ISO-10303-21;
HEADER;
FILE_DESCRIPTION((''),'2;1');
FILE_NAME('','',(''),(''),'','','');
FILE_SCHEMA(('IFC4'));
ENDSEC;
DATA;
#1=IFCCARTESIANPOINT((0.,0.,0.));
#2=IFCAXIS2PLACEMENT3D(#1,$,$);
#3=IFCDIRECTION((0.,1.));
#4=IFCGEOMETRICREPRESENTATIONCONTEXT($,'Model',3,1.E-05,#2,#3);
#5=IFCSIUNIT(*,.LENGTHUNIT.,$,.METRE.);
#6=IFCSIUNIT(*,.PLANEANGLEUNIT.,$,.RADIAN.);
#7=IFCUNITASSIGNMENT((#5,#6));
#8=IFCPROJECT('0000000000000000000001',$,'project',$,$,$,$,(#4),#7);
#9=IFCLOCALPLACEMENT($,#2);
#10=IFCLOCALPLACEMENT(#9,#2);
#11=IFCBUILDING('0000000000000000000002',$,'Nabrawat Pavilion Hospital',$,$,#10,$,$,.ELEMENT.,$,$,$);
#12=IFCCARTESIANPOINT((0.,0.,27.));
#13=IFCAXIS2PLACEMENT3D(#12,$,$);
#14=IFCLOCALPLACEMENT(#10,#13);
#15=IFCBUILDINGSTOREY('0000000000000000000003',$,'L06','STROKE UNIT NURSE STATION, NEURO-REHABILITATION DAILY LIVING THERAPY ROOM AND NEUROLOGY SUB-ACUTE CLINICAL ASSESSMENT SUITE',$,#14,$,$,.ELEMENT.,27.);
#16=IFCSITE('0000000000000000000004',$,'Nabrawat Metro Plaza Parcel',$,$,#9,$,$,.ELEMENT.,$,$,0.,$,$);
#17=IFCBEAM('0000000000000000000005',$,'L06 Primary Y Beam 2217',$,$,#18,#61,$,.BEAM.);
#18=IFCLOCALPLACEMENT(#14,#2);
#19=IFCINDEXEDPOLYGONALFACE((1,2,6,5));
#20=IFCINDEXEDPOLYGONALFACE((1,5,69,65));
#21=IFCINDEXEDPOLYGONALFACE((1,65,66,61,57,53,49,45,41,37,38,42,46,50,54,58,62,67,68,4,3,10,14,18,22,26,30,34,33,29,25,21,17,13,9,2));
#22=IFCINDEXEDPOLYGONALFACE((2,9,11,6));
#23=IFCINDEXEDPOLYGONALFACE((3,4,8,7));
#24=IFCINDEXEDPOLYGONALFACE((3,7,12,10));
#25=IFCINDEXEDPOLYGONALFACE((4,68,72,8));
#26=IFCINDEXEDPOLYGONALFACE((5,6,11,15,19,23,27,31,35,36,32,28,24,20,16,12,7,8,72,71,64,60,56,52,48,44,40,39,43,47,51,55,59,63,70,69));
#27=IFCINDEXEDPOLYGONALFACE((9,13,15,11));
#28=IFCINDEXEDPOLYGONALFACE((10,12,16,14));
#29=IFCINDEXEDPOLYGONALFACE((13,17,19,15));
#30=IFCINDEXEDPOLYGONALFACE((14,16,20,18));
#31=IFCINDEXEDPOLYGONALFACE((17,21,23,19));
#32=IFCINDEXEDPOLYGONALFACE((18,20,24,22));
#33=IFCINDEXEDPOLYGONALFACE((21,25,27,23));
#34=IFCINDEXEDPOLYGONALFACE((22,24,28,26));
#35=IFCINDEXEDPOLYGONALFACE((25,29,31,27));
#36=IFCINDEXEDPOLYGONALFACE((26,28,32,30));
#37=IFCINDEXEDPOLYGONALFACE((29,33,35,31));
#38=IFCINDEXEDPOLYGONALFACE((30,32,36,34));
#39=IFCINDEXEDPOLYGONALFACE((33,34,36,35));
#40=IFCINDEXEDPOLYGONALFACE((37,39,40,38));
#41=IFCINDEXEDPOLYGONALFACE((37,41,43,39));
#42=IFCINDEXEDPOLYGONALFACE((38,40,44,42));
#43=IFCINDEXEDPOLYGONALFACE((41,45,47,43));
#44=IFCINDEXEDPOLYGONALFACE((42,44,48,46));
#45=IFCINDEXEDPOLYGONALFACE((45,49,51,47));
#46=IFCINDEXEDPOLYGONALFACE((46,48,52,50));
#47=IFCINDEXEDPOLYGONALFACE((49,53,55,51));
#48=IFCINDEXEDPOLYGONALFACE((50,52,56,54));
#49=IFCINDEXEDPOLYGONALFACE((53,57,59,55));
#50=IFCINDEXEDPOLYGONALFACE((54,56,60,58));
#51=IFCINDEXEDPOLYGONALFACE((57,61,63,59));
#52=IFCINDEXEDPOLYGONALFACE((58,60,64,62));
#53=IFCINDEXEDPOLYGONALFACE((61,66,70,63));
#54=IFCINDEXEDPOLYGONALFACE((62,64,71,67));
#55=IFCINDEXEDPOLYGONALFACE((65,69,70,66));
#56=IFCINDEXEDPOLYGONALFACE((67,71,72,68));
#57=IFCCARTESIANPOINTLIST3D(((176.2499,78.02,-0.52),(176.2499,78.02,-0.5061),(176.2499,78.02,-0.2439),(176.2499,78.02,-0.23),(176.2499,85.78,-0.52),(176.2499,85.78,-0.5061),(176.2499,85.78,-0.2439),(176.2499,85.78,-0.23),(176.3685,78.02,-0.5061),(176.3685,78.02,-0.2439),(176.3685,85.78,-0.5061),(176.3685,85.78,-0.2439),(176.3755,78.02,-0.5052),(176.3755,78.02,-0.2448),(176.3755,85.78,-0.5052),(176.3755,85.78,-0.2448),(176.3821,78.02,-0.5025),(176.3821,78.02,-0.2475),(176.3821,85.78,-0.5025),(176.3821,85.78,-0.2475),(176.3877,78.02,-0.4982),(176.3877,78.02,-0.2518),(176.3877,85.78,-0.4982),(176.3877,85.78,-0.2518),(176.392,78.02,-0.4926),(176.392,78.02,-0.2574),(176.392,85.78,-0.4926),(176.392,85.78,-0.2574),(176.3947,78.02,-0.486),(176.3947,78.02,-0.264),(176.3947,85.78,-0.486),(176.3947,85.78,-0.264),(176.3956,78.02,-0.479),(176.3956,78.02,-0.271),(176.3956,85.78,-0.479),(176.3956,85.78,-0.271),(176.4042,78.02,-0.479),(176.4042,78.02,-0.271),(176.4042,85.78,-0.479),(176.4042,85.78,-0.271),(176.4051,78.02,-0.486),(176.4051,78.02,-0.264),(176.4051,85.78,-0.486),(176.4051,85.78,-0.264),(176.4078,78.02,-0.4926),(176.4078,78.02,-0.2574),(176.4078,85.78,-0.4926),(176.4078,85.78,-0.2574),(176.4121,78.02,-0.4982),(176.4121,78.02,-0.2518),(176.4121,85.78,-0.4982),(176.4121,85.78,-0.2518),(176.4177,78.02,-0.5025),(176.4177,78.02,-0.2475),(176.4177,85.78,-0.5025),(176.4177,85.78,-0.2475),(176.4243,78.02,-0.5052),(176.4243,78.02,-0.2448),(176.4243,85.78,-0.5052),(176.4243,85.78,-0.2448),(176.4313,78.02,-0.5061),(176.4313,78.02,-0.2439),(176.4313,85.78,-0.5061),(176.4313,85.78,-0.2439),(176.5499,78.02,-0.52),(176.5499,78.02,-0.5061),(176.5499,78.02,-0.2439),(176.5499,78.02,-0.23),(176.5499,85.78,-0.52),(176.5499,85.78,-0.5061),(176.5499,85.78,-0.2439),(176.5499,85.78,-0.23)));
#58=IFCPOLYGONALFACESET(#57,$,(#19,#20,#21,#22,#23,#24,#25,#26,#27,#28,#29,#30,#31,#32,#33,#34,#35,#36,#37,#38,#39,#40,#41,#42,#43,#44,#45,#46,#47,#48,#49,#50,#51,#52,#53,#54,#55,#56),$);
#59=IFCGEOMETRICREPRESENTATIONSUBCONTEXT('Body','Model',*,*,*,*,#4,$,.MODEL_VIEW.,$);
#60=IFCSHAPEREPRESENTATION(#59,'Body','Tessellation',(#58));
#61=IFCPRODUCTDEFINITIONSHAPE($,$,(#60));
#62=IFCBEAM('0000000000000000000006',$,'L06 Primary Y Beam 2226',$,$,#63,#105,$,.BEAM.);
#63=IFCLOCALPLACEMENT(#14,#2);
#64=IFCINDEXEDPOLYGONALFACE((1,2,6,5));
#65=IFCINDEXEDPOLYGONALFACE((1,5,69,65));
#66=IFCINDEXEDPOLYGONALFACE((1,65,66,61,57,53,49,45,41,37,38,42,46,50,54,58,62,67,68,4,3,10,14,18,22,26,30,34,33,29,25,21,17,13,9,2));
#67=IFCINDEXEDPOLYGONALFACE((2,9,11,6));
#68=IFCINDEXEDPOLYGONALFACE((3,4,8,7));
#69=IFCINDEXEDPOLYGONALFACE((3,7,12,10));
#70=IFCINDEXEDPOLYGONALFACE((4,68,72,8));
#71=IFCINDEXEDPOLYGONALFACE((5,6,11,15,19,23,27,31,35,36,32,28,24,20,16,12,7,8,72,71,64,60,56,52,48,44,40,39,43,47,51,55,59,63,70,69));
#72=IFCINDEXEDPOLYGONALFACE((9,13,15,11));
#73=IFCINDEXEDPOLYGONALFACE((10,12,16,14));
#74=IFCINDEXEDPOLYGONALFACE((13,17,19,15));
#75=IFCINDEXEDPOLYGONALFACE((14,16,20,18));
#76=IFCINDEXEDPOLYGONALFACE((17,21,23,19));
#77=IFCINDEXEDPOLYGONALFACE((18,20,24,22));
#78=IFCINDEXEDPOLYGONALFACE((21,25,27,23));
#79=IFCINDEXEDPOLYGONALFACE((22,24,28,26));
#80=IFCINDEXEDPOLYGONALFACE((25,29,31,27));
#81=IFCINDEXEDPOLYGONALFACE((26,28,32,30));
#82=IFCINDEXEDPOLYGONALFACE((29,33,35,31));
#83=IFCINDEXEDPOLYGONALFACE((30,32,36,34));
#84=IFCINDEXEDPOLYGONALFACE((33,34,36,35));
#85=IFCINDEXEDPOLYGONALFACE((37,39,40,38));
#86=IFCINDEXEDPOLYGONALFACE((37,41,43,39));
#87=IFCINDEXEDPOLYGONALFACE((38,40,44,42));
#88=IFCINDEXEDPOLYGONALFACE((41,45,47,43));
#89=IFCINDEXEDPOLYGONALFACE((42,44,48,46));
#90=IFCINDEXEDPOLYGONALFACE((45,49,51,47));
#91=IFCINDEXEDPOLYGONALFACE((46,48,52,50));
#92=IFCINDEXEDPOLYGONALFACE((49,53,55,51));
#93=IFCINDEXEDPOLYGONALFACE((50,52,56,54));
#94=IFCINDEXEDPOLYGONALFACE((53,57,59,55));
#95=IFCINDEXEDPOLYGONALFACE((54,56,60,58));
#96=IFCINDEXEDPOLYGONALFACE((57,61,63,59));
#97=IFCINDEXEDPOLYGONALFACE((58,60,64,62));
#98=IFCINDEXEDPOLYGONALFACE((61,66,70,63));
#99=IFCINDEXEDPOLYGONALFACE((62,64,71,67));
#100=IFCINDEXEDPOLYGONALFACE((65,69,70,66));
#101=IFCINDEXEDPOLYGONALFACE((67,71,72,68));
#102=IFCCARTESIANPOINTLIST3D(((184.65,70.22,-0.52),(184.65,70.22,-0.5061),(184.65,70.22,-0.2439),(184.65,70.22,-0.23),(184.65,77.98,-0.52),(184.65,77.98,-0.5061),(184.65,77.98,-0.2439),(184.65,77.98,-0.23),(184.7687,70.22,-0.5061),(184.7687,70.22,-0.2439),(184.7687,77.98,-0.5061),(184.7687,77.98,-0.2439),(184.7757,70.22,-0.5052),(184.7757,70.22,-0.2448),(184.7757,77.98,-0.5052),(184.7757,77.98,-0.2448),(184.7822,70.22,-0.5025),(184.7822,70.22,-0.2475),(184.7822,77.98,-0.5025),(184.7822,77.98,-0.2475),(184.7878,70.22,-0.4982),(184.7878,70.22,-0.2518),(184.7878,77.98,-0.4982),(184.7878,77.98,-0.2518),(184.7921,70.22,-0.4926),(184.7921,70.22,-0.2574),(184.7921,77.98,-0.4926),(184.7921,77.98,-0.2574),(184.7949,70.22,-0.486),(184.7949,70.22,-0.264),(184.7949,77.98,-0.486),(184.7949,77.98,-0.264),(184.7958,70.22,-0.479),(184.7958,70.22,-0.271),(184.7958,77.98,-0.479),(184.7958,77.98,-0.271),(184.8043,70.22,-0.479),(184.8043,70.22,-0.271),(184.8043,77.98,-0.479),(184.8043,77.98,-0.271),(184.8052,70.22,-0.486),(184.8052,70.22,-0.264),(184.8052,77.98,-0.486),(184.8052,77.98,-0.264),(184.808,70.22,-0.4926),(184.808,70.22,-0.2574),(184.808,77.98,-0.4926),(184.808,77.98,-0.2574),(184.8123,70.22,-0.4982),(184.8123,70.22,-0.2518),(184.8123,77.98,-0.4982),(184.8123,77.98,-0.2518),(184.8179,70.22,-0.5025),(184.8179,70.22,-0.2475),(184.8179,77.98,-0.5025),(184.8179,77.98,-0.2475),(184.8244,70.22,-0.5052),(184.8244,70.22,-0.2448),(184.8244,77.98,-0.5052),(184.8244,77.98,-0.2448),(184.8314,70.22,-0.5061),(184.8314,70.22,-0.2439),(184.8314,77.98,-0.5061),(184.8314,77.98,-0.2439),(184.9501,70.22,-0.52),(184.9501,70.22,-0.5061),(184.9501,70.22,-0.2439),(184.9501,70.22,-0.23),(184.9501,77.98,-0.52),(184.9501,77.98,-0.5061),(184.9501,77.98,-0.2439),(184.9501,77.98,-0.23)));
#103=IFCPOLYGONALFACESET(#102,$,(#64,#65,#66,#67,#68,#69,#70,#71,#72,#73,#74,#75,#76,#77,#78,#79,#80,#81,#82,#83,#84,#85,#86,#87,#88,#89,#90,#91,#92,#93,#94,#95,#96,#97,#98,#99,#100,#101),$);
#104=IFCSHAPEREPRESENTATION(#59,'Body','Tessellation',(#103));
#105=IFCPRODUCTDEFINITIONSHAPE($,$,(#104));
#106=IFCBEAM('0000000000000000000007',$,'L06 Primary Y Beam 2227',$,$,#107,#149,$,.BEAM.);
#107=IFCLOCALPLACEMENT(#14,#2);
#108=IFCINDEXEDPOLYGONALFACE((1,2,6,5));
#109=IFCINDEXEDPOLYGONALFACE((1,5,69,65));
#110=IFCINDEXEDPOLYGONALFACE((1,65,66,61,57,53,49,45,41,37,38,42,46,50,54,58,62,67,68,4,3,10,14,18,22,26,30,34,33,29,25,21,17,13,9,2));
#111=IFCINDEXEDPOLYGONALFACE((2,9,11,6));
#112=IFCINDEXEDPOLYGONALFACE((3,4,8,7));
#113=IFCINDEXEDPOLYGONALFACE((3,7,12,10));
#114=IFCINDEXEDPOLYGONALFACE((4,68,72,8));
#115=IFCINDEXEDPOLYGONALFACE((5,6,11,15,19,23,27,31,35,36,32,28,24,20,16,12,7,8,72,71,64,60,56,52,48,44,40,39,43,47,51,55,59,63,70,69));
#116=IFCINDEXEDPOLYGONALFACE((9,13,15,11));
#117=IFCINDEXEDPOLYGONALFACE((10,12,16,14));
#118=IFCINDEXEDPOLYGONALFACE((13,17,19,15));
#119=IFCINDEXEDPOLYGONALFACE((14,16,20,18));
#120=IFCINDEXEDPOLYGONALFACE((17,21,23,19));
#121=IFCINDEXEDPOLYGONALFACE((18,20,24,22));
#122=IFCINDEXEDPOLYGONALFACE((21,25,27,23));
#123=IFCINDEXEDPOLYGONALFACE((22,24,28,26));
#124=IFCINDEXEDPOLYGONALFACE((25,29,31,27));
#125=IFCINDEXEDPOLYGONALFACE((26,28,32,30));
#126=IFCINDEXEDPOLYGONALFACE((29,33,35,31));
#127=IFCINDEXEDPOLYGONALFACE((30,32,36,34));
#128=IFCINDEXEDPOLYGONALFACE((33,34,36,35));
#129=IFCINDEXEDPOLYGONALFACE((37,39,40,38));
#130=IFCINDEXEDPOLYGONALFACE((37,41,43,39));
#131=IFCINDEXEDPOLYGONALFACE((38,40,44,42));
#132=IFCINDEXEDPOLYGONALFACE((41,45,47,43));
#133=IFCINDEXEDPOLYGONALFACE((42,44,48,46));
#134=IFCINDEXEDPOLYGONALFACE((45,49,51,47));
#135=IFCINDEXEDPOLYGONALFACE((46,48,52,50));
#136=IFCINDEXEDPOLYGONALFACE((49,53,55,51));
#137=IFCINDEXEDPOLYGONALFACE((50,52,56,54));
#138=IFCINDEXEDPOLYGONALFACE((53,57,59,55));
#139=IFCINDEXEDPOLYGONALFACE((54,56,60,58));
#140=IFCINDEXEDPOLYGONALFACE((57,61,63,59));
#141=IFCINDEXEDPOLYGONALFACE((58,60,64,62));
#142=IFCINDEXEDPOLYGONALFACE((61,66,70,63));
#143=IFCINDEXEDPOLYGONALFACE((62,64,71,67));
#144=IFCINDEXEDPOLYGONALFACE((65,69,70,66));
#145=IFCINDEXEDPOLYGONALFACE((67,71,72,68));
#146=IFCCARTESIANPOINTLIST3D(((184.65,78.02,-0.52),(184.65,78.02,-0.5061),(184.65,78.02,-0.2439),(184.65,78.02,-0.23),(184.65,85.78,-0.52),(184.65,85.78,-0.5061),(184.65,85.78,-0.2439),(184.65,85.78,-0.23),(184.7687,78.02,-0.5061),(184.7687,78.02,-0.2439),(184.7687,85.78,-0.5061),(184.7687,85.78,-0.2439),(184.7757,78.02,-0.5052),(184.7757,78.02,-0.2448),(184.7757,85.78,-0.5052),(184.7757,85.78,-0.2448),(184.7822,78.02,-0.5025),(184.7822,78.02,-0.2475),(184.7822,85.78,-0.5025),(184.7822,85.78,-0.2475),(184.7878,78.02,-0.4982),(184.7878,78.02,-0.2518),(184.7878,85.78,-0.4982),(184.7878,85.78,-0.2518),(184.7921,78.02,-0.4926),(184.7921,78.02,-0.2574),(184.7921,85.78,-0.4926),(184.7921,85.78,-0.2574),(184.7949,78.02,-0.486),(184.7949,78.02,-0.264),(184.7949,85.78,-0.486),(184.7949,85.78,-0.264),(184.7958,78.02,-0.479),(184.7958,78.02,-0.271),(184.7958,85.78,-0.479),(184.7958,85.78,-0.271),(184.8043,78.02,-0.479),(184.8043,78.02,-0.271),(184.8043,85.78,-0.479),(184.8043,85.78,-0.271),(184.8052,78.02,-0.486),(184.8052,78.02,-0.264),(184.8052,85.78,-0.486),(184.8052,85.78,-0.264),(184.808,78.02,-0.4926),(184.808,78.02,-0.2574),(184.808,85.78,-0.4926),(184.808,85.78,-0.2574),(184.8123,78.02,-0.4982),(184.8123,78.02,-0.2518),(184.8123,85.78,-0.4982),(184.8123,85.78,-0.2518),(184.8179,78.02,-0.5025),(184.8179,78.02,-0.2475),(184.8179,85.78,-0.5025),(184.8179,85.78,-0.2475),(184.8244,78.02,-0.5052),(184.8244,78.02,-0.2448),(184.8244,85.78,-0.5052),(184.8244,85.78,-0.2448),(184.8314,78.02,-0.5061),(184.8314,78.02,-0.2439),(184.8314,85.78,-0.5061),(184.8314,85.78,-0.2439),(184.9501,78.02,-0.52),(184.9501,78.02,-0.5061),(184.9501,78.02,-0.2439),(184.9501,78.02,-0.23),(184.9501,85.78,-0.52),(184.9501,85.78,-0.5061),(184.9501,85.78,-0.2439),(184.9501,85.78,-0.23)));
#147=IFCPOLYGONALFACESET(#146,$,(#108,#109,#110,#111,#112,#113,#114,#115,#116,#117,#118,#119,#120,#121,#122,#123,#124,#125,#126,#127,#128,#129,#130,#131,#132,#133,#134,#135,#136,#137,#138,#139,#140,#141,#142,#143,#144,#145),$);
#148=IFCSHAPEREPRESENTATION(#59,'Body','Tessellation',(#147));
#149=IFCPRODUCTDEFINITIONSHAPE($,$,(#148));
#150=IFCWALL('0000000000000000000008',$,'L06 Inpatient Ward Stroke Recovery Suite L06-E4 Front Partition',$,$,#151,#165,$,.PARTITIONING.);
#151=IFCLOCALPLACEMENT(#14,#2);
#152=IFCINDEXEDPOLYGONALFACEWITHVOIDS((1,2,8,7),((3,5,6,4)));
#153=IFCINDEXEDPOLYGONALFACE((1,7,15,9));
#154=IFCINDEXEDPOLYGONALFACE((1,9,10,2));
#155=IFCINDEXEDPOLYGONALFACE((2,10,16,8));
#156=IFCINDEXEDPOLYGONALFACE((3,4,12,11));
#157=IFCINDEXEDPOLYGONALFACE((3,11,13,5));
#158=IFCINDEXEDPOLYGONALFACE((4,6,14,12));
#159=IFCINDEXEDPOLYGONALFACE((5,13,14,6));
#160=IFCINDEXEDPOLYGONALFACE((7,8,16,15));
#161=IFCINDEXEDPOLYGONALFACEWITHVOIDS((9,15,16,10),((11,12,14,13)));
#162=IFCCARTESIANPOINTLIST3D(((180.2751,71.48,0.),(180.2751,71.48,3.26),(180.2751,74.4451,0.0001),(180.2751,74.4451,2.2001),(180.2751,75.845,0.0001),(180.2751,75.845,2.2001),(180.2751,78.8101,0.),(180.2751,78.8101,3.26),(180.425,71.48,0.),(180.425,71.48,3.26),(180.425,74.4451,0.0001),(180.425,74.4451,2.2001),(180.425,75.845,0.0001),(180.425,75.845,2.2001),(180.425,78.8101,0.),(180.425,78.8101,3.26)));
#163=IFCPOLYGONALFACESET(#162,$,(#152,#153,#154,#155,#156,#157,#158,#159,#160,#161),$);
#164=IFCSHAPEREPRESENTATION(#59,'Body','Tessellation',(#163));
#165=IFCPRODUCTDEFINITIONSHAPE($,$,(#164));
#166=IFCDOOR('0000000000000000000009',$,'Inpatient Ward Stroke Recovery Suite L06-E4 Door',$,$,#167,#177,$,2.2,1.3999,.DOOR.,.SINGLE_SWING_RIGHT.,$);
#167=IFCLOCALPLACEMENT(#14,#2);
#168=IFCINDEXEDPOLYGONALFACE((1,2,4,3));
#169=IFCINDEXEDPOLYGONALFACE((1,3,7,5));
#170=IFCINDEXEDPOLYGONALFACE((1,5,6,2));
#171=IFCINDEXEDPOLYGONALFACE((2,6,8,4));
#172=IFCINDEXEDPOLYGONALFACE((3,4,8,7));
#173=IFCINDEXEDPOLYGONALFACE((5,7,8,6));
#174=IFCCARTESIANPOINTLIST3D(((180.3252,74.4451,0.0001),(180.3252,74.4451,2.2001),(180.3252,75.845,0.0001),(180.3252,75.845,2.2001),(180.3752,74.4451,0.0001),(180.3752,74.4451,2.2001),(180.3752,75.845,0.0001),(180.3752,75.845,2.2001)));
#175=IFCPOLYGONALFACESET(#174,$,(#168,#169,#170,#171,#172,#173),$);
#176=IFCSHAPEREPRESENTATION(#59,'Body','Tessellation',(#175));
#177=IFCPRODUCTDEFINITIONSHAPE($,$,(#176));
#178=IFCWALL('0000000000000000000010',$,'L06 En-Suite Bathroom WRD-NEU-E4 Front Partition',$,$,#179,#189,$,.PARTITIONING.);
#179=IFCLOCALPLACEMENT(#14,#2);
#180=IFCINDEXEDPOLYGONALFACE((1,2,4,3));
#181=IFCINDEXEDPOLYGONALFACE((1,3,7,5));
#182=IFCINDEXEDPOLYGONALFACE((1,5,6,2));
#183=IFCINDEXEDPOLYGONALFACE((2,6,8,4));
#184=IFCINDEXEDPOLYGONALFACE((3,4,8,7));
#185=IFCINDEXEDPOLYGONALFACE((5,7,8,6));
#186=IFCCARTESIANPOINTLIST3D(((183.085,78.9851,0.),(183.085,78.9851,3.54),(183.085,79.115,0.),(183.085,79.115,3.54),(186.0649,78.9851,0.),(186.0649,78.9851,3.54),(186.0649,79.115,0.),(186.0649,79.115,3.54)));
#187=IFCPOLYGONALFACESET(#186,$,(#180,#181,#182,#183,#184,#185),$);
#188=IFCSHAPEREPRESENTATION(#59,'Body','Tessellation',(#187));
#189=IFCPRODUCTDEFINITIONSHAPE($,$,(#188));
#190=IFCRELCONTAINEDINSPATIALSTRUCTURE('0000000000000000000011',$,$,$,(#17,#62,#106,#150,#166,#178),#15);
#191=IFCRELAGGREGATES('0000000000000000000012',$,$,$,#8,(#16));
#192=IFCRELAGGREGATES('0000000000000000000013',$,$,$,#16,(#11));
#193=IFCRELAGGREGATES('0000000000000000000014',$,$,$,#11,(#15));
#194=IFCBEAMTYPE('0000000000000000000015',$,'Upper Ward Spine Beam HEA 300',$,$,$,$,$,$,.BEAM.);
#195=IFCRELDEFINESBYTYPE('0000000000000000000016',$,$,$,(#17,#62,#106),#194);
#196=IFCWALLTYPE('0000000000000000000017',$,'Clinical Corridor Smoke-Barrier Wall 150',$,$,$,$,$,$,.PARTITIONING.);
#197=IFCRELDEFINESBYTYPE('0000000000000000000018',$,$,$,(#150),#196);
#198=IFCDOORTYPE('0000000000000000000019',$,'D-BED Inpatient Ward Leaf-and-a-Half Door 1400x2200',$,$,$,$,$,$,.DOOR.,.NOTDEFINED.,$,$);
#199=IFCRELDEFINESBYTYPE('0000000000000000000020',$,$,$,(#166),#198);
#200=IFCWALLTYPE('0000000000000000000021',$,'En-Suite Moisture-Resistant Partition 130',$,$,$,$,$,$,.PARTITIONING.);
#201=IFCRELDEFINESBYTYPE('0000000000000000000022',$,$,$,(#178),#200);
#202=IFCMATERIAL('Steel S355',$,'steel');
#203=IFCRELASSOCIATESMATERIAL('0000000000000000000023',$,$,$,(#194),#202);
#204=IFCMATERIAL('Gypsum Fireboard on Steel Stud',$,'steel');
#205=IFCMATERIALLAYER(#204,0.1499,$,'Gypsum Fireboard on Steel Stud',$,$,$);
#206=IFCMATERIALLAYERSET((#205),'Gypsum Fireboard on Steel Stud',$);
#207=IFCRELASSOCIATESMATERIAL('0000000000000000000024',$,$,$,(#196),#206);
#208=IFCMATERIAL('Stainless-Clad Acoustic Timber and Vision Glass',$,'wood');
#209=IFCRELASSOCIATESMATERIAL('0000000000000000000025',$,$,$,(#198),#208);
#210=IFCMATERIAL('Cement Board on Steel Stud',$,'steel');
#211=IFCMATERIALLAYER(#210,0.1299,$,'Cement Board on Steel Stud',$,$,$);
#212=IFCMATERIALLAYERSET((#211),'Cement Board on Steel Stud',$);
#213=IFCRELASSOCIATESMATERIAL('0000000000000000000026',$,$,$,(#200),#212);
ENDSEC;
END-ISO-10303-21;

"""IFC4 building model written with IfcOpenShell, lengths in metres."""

from ifc_helpers import new_model, si_unit, direction, frame, frame_2d, origin, origin_2d, place, context, subcontext, project, spatial, rectangle, i_section, extrude, material, layer, layer_set, material_profile, profile_set, type_object, element, fill, save


model = new_model("IFC4")

# Units and contexts
model_context = context("Model", 3, precision=1e-05, world=origin(), true_north=direction((0.0, 1.0)))
body_context = subcontext(model_context, "Body", "Model", "MODEL_VIEW")
ifc_project = project(units=[si_unit("LENGTHUNIT", "METRE"), si_unit("PLANEANGLEUNIT", "RADIAN")], contexts=[model_context])

# Site, building, storey
site_placement = place(None, origin())
site = spatial("IfcSite", under=ifc_project, at=site_placement, Name="Nabrawat Metro Plaza Parcel", CompositionType="ELEMENT", RefElevation=0.0)
building_placement = place(site_placement, origin())
building = spatial("IfcBuilding", under=site, at=building_placement, Name="Nabrawat Pavilion Hospital", CompositionType="ELEMENT")
storey_placement = place(building_placement, frame((0.0, 0.0, 27.0)))
storey = spatial("IfcBuildingStorey", under=building, at=storey_placement, Name="L06", Description="STROKE UNIT NURSE STATION, NEURO-REHABILITATION DAILY LIVING THERAPY ROOM AND NEUROLOGY SUB-ACUTE CLINICAL ASSESSMENT SUITE", CompositionType="ELEMENT", Elevation=27.0)

# Shared definitions
ifc_material_1 = material(Name="Steel S355", Category="steel")

# Beams
ifc_material_profile_1 = material_profile(ifc_material_1, i_section(OverallWidth=0.3, OverallDepth=0.29, WebThickness=0.0085, FlangeThickness=0.0139, FilletRadius=0.0271, at=origin_2d()), Name="HEA 300")
ifc_profile_set_1 = profile_set([ifc_material_profile_1], Name="Steel S355")
beam_type_1 = type_object("IfcBeamType", Name="Upper Ward Spine Beam HEA 300", PredefinedType="BEAM", material=ifc_profile_set_1)
for number, where, z_axis, x_axis, name in (
    (1, (176.3999, 78.02, -0.375), (0.0, 1.0, 0.0), (-1.0, 0.0, 0.0), "L06 Primary Y Beam 2217"),
    (2, (184.8, 70.22, -0.375), (0.0, 1.0, 0.0), (-1.0, 0.0, 0.0), "L06 Primary Y Beam 2226"),
    (3, (184.8, 78.02, -0.375), (0.0, 1.0, 0.0), (-1.0, 0.0, 0.0), "L06 Primary Y Beam 2227"),
):
    element("IfcBeam", number, at=place(storey_placement, frame(where, z_axis=z_axis, x_axis=x_axis)), inside=storey, type_object=beam_type_1, Name=name, PredefinedType="BEAM", context=body_context, shape_type="SweptSolid", body=[
        extrude(i_section(OverallWidth=0.3, OverallDepth=0.29, WebThickness=0.0085, FlangeThickness=0.0139, FilletRadius=0.0271, at=origin_2d()), origin(), (0.0, 0.0, 1.0), 7.76),
    ])

# Wall, opening, door
ifc_material_2 = material(Name="Gypsum Fireboard on Steel Stud", Category="steel")
ifc_layer_1 = layer(ifc_material_2, 0.1499, Name="Gypsum Fireboard on Steel Stud")
ifc_layer_set_1 = layer_set([ifc_layer_1], Name="Gypsum Fireboard on Steel Stud")
wall_type_1 = type_object("IfcWallType", Name="Clinical Corridor Smoke-Barrier Wall 150", PredefinedType="PARTITIONING", material=ifc_layer_set_1)
wall_1_placement = place(storey_placement, frame((180.3501, 71.48, 0.0), z_axis=(0.0, 0.0, 1.0), x_axis=(0.0, 1.0, 0.0)))
wall_1 = element("IfcWall", 4, at=wall_1_placement, inside=storey, type_object=wall_type_1, Name="L06 Inpatient Ward Stroke Recovery Suite L06-E4 Front Partition", PredefinedType="PARTITIONING", context=body_context, shape_type="SweptSolid", body=[
    extrude(rectangle(XDim=7.3301, YDim=0.1499, at=frame_2d((3.665, 0.0))), origin(), (0.0, 0.0, 1.0), 3.26),
])
opening_1_placement = place(wall_1_placement, frame((2.9651, 0.0, 0.0)))
opening_1 = element("IfcOpeningElement", 5, at=opening_1_placement, cuts=wall_1, PredefinedType="OPENING", context=body_context, shape_type="SweptSolid", body=[
    extrude(rectangle(XDim=1.3999, YDim=2.2, at=frame_2d((0.7, 1.1001))), frame((0.0, 0.085, 0.0), z_axis=(0.0, -1.0, 0.0), x_axis=(1.0, 0.0, 0.0)), (0.0, 0.0, 1.0), 0.1699),
])
ifc_material_3 = material(Name="Stainless-Clad Acoustic Timber and Vision Glass", Category="wood")
door_type_1 = type_object("IfcDoorType", Name="D-BED Inpatient Ward Leaf-and-a-Half Door 1400x2200", OperationType="NOTDEFINED", PredefinedType="DOOR", material=ifc_material_3)
door_1_placement = place(opening_1_placement, origin())
door_1 = element("IfcDoor", 6, at=door_1_placement, inside=storey, type_object=door_type_1, Name="Inpatient Ward Stroke Recovery Suite L06-E4 Door", OperationType="SINGLE_SWING_RIGHT", OverallHeight=2.2, OverallWidth=1.3999, PredefinedType="DOOR", context=body_context, shape_type="SweptSolid", body=[
    extrude(rectangle(XDim=1.3999, YDim=2.2, at=frame_2d((0.7, 1.1001))), frame((0.0, 0.0249, 0.0), z_axis=(0.0, -1.0, 0.0), x_axis=(1.0, 0.0, 0.0)), (0.0, 0.0, 1.0), 0.05),
])
fill(opening_1, door_1)

# Wall
ifc_material_4 = material(Name="Cement Board on Steel Stud", Category="steel")
ifc_layer_2 = layer(ifc_material_4, 0.1299, Name="Cement Board on Steel Stud")
ifc_layer_set_2 = layer_set([ifc_layer_2], Name="Cement Board on Steel Stud")
wall_type_2 = type_object("IfcWallType", Name="En-Suite Moisture-Resistant Partition 130", PredefinedType="PARTITIONING", material=ifc_layer_set_2)
wall_2_placement = place(storey_placement, frame((183.085, 79.05, 0.0), z_axis=(0.0, 0.0, 1.0), x_axis=(1.0, 0.0, 0.0)))
element("IfcWall", 7, at=wall_2_placement, inside=storey, type_object=wall_type_2, Name="L06 En-Suite Bathroom WRD-NEU-E4 Front Partition", PredefinedType="PARTITIONING", context=body_context, shape_type="SweptSolid", body=[
    extrude(rectangle(XDim=2.98, YDim=0.1299, at=frame_2d((1.49, 0.0))), origin(), (0.0, 0.0, 1.0), 3.54),
])

save(model, "model.ifc")
